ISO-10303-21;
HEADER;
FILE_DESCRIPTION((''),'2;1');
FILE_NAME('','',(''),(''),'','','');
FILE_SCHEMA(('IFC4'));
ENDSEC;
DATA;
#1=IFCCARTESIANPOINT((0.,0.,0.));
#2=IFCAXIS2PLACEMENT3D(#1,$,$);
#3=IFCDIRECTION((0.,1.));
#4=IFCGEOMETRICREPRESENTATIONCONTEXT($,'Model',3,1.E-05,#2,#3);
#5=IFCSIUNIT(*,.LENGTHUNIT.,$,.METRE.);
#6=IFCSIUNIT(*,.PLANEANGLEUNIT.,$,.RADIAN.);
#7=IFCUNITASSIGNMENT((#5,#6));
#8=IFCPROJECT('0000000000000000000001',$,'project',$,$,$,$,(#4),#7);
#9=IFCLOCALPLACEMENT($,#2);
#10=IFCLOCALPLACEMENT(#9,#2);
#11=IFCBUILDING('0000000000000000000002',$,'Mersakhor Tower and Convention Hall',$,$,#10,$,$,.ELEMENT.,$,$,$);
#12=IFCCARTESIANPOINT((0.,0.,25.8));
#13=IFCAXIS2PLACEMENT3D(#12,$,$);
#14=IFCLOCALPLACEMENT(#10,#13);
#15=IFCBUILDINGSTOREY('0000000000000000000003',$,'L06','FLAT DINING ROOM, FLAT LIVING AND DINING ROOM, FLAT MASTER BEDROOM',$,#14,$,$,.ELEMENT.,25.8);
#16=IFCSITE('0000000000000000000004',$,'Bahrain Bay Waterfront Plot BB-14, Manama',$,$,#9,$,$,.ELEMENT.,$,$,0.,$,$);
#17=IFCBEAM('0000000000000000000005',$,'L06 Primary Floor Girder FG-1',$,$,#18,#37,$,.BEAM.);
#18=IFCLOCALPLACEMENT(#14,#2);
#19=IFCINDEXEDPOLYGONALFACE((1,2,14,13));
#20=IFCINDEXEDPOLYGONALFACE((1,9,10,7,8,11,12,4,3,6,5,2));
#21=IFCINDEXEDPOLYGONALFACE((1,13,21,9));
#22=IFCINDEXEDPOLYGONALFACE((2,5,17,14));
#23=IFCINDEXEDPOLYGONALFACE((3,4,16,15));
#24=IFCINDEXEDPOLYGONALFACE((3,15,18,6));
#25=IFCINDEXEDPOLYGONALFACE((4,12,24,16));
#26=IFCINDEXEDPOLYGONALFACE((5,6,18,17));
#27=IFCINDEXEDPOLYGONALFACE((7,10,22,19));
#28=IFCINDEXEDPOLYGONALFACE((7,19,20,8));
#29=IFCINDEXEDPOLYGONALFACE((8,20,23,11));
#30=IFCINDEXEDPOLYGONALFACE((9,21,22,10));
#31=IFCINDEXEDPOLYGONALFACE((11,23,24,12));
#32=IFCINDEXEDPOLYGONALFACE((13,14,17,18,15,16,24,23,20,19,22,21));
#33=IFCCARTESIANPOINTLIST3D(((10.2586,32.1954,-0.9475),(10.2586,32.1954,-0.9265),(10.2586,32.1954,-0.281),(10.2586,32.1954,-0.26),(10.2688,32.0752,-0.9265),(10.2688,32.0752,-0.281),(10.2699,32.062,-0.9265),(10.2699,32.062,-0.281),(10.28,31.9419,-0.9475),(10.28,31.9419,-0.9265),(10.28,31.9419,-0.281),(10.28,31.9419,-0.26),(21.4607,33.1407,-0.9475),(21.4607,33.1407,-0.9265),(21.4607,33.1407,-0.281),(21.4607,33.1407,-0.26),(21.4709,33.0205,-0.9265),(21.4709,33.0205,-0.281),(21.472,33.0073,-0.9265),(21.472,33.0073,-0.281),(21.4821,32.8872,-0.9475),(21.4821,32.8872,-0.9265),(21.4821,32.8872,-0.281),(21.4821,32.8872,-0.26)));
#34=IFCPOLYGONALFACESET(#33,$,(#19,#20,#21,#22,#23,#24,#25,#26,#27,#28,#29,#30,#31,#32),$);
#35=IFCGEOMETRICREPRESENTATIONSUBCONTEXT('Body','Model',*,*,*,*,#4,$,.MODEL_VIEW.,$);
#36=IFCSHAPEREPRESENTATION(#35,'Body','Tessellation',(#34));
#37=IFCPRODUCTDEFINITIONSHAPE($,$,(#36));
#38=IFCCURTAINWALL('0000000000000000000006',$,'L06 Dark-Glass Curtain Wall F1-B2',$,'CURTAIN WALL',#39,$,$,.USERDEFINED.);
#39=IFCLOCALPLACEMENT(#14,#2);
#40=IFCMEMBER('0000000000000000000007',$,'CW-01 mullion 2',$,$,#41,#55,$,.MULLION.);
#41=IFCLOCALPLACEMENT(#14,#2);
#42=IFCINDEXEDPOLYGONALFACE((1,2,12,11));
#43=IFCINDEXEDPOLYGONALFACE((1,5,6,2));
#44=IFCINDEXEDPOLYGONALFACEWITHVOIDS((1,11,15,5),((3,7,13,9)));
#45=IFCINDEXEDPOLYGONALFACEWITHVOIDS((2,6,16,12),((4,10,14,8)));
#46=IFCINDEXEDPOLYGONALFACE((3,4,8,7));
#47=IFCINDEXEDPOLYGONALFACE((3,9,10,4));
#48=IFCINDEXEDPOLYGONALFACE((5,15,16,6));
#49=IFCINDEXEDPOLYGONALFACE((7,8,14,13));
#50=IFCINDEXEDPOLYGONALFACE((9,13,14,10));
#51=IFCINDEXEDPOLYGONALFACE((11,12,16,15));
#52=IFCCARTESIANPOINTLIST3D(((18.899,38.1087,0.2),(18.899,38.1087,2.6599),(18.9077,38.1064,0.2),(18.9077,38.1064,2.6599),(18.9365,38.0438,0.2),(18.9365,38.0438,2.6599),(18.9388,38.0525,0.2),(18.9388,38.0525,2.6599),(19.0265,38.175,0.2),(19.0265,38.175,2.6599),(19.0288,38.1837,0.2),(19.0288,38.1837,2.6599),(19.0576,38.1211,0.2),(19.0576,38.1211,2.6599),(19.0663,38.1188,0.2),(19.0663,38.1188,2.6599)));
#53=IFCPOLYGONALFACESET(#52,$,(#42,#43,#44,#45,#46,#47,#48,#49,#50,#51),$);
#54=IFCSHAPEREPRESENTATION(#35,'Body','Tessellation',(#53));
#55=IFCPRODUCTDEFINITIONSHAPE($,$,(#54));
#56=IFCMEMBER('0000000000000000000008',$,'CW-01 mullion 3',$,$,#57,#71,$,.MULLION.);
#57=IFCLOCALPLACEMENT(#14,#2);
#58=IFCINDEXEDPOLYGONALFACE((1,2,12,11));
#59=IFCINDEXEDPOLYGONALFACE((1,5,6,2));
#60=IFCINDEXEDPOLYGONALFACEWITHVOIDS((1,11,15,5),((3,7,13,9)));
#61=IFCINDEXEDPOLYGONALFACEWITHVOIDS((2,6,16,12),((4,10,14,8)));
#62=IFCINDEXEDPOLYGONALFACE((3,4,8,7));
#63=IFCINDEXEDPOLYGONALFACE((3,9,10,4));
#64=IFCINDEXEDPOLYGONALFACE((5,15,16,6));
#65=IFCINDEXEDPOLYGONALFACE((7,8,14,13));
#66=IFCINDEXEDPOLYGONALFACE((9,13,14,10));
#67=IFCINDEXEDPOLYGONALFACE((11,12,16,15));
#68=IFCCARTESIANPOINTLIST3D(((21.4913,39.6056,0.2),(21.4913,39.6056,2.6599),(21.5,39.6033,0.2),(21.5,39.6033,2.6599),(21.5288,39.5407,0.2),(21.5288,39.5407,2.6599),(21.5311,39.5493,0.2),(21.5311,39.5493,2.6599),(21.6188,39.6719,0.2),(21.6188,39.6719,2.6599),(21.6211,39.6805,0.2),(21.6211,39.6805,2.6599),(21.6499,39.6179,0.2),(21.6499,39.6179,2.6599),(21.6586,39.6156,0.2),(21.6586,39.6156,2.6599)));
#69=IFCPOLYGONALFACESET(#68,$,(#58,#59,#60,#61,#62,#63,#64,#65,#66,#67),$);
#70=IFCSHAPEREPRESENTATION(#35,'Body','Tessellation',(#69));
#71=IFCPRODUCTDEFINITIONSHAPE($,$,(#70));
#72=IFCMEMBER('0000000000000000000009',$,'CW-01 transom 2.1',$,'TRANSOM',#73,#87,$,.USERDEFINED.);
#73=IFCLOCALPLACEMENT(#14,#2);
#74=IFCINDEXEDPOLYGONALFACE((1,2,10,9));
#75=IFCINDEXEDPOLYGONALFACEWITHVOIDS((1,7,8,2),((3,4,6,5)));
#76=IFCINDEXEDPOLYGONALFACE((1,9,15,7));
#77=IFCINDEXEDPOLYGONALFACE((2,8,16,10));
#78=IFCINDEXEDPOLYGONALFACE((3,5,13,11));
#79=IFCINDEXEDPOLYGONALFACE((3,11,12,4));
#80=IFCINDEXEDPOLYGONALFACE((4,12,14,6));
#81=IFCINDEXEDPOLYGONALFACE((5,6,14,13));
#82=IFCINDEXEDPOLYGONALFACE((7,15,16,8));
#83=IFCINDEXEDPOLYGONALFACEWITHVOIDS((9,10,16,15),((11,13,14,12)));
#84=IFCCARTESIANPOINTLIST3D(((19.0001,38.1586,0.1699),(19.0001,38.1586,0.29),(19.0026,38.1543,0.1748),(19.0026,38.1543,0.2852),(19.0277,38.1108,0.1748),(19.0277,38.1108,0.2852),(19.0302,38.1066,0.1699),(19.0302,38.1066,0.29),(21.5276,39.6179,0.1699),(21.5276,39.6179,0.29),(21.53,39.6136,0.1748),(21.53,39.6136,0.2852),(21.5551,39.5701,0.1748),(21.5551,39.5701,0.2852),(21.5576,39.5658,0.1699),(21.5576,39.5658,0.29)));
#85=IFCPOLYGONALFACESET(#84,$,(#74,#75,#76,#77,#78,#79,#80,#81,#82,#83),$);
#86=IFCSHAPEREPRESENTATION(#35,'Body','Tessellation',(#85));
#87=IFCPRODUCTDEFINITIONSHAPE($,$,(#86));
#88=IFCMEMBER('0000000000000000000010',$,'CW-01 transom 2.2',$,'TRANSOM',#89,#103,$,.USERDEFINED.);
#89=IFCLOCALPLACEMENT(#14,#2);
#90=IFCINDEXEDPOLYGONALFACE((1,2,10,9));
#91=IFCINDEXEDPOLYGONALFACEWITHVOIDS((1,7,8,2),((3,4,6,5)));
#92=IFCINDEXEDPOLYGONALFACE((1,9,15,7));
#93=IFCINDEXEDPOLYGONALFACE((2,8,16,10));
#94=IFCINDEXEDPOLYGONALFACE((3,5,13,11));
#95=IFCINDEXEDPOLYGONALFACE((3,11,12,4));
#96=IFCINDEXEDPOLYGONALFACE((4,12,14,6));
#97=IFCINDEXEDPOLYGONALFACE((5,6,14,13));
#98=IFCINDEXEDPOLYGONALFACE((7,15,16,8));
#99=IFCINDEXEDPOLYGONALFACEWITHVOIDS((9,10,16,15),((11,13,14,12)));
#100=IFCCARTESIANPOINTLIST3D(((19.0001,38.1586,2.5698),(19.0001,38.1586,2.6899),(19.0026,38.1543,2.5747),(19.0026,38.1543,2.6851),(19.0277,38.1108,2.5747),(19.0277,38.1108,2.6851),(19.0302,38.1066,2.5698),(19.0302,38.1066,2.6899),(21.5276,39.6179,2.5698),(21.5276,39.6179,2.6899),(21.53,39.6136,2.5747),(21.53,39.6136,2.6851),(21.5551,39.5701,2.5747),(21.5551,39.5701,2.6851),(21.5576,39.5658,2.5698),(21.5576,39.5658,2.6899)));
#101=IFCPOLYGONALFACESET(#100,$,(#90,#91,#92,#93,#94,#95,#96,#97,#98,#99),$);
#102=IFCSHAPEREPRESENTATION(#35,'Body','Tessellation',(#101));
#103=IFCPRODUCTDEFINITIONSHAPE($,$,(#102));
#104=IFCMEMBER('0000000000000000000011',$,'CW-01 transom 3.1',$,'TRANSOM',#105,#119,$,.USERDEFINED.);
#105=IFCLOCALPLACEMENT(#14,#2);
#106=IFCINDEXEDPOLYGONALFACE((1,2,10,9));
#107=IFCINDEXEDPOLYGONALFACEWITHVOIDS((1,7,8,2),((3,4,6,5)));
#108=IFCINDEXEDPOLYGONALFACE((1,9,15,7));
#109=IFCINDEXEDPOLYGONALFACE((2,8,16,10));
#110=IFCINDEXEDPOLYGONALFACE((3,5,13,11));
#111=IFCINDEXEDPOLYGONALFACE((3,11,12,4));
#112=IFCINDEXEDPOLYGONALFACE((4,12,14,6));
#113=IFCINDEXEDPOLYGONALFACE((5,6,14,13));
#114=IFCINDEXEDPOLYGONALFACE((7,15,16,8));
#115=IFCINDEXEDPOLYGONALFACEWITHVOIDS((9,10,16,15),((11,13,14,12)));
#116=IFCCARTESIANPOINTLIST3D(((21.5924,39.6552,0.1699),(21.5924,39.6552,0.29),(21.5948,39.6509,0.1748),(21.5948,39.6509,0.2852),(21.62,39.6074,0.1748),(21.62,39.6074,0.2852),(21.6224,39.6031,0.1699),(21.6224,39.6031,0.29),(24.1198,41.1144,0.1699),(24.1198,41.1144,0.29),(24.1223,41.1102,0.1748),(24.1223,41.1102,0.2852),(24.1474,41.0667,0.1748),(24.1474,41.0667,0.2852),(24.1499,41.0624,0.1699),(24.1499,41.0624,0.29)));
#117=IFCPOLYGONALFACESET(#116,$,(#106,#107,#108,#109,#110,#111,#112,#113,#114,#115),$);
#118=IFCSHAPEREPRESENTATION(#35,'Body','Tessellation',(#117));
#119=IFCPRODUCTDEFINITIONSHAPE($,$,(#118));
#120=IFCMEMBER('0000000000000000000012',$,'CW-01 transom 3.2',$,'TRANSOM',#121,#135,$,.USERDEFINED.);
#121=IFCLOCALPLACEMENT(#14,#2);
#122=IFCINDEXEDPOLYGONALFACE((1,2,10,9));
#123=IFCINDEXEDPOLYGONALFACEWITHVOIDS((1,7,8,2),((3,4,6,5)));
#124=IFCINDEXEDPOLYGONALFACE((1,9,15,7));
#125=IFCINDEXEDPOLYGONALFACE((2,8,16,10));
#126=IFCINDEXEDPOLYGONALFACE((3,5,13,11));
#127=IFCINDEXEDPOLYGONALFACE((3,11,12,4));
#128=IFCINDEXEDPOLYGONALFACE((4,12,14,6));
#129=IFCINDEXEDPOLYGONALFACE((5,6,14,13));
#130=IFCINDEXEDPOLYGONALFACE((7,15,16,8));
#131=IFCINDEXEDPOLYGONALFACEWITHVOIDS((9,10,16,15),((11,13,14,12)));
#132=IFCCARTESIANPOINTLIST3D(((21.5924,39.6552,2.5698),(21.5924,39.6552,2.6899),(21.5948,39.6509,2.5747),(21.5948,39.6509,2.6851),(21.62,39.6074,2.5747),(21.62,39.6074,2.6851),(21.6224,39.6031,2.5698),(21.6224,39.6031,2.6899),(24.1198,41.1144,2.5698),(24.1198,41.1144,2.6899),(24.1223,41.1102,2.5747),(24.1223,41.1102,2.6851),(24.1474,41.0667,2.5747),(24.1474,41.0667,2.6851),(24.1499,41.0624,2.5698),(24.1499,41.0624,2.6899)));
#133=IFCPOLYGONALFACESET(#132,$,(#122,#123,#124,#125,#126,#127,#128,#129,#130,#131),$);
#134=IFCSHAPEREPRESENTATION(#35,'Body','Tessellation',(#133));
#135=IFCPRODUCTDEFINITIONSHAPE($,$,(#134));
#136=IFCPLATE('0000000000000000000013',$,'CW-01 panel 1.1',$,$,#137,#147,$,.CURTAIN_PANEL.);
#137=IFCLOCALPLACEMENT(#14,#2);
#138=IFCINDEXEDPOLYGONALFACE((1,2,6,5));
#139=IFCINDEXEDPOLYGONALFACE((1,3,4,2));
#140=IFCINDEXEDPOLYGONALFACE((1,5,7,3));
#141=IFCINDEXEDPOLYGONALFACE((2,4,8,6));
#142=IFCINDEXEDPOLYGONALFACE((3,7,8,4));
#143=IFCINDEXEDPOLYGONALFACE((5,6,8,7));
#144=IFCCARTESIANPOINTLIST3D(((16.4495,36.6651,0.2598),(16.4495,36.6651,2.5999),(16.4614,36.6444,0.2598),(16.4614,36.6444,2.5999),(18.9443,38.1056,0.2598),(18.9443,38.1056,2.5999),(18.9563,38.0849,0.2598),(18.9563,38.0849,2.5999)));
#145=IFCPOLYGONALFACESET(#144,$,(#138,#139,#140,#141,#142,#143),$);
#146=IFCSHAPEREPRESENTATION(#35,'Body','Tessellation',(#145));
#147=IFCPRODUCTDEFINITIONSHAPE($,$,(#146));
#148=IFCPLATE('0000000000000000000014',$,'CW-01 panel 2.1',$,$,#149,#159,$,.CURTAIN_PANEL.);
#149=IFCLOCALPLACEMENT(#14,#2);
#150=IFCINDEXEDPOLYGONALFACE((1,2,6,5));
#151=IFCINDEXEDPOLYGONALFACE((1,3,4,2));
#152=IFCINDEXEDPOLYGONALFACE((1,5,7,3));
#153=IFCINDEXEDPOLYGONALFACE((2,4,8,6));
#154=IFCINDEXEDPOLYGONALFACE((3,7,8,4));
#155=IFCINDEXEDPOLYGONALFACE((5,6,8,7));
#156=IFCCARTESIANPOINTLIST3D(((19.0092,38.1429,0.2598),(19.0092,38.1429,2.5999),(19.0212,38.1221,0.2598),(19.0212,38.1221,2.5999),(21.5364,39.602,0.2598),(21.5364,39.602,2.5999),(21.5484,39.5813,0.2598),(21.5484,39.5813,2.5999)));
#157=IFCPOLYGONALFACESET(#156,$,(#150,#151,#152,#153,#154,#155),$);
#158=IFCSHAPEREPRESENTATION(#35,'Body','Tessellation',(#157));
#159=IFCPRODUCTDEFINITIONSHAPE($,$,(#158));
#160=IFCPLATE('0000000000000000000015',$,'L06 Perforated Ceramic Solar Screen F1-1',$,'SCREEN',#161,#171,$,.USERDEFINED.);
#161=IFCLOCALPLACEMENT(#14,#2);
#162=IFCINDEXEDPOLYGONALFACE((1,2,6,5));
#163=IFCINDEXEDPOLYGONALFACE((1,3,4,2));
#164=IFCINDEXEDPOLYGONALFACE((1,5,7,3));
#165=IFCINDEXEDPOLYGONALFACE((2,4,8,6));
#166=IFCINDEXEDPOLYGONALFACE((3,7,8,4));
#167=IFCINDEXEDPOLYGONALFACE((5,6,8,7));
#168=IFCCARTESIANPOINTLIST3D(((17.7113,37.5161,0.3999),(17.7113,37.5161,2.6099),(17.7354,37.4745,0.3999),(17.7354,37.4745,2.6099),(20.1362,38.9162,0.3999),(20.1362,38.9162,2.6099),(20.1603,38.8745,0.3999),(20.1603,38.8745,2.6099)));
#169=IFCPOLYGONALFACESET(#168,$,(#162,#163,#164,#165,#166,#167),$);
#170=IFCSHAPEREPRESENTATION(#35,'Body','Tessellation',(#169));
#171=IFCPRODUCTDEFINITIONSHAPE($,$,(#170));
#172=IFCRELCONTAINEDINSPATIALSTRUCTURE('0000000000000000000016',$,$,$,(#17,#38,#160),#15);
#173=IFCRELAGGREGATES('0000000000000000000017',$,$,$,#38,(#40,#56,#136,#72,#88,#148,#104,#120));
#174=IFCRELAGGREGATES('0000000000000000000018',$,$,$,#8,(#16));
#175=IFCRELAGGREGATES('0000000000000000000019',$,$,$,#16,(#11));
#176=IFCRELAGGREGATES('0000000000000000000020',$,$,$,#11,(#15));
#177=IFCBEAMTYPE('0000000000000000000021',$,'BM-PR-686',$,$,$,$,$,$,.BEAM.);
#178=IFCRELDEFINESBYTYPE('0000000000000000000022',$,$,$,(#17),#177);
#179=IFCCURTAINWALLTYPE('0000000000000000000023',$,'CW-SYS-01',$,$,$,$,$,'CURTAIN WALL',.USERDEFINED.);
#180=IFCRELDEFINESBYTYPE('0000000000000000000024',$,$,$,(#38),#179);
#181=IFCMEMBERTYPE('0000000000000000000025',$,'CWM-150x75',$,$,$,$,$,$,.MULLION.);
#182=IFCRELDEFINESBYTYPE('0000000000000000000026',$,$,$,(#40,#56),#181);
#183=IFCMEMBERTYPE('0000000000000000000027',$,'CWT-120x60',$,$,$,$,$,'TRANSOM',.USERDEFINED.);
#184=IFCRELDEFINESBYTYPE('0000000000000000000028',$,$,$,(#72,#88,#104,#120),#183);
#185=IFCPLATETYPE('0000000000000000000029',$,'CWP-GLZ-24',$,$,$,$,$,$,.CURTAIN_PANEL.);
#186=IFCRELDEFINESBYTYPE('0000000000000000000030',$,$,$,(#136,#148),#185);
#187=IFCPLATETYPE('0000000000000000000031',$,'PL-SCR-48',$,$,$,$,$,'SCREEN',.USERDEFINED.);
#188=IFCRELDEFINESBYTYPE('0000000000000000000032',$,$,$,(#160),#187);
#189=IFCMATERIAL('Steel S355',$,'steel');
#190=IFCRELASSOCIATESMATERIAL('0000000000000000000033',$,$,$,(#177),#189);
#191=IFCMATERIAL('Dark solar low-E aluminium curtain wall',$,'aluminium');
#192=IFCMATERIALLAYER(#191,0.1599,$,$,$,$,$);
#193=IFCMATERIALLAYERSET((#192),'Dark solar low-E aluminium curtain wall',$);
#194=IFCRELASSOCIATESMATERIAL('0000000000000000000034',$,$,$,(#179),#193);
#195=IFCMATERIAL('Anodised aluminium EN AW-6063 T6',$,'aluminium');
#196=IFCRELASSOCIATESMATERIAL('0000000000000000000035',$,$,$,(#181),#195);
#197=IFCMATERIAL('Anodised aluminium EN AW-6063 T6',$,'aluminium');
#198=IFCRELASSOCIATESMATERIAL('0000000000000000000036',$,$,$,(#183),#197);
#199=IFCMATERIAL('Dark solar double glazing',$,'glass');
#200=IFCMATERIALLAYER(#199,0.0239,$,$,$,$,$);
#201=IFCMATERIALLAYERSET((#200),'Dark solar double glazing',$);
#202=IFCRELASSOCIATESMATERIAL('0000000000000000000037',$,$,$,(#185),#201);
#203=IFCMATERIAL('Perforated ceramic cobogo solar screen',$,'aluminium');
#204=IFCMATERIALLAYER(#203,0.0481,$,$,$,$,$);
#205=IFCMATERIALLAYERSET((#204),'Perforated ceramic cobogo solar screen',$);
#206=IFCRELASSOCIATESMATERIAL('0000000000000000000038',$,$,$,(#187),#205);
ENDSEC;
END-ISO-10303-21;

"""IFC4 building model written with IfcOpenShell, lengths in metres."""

from ifc_helpers import new_model, si_unit, direction, frame, origin, origin_2d, place, context, subcontext, project, spatial, rectangle, hollow_rectangle, i_section, extrude, material, layer, layer_set, material_profile, profile_set, type_object, element, aggregate, save


model = new_model("IFC4")

# Units and contexts
model_context = context("Model", 3, precision=1e-05, world=origin(), true_north=direction((0.0, 1.0)))
body_context = subcontext(model_context, "Body", "Model", "MODEL_VIEW")
ifc_project = project(units=[si_unit("LENGTHUNIT", "METRE"), si_unit("PLANEANGLEUNIT", "RADIAN")], contexts=[model_context])

# Site, building, storey
site_placement = place(None, origin())
site = spatial("IfcSite", under=ifc_project, at=site_placement, Name="Bahrain Bay Waterfront Plot BB-14, Manama", CompositionType="ELEMENT", RefElevation=0.0)
building_placement = place(site_placement, origin())
building = spatial("IfcBuilding", under=site, at=building_placement, Name="Mersakhor Tower and Convention Hall", CompositionType="ELEMENT")
storey_placement = place(building_placement, frame((0.0, 0.0, 25.8)))
storey = spatial("IfcBuildingStorey", under=building, at=storey_placement, Name="L06", Description="FLAT DINING ROOM, FLAT LIVING AND DINING ROOM, FLAT MASTER BEDROOM", CompositionType="ELEMENT", Elevation=25.8)

# Beam
ifc_material_1 = material(Name="Steel S355", Category="steel")
ifc_material_profile_1 = material_profile(ifc_material_1, i_section(OverallWidth=0.2544, OverallDepth=0.6875, WebThickness=0.0132, FlangeThickness=0.021, at=origin_2d()), Name="UB 686x254x152")
ifc_profile_set_1 = profile_set([ifc_material_profile_1], Name="Steel S355")
beam_type = type_object("IfcBeamType", Name="BM-PR-686", PredefinedType="BEAM", material=ifc_profile_set_1)
beam_placement = place(storey_placement, frame((21.4714, 33.0139, -0.6038), z_axis=(-0.996458, -0.084088, 0.0), x_axis=(0.084088, -0.996458, 0.0)))
element("IfcBeam", 1, at=beam_placement, inside=storey, type_object=beam_type, Name="L06 Primary Floor Girder FG-1", PredefinedType="BEAM", context=body_context, shape_type="SweptSolid", body=[
    extrude(i_section(OverallWidth=0.2544, OverallDepth=0.6875, WebThickness=0.0132, FlangeThickness=0.021, at=origin_2d()), origin(), (0.0, 0.0, 1.0), 11.2419),
])

# Curtain wall, members, plates
ifc_material_2 = material(Name="Dark solar low-E aluminium curtain wall", Category="aluminium")
ifc_layer_1 = layer(ifc_material_2, 0.1599)
ifc_layer_set_1 = layer_set([ifc_layer_1], Name="Dark solar low-E aluminium curtain wall")
curtain_wall_type = type_object("IfcCurtainWallType", Name="CW-SYS-01", ElementType="CURTAIN WALL", PredefinedType="USERDEFINED", material=ifc_layer_set_1)
curtain_wall_placement = place(storey_placement, origin())
curtain_wall = element("IfcCurtainWall", 2, at=curtain_wall_placement, inside=storey, type_object=curtain_wall_type, Name="L06 Dark-Glass Curtain Wall F1-B2", ObjectType="CURTAIN WALL", PredefinedType="USERDEFINED")
ifc_material_3 = material(Name="Anodised aluminium EN AW-6063 T6", Category="aluminium")
ifc_material_profile_2 = material_profile(ifc_material_3, hollow_rectangle(XDim=0.075, YDim=0.1499, WallThickness=0.0063, at=origin_2d()), Name="RHS 150x75x6.3")
ifc_profile_set_2 = profile_set([ifc_material_profile_2], Name="Anodised aluminium EN AW-6063 T6")
member_type_1 = type_object("IfcMemberType", Name="CWM-150x75", PredefinedType="MULLION", material=ifc_profile_set_2)
member_1_placement = place(storey_placement, frame((18.9827, 38.1138, 0.2), z_axis=(0.0, 0.0, 1.0), x_axis=(-0.500003, 0.866023, 0.0)))
member_1 = element("IfcMember", 3, at=member_1_placement, type_object=member_type_1, Name="CW-01 mullion 2", PredefinedType="MULLION", context=body_context, shape_type="SweptSolid", body=[
    extrude(hollow_rectangle(XDim=0.075, YDim=0.1499, WallThickness=0.0063, at=origin_2d()), origin(), (0.0, 0.0, 1.0), 2.46),
])
member_2_placement = place(storey_placement, frame((21.575, 39.6106, 0.2), z_axis=(0.0, 0.0, 1.0), x_axis=(-0.500003, 0.866023, 0.0)))
member_2 = element("IfcMember", 4, at=member_2_placement, type_object=member_type_1, Name="CW-01 mullion 3", PredefinedType="MULLION", context=body_context, shape_type="SweptSolid", body=[
    extrude(hollow_rectangle(XDim=0.075, YDim=0.1499, WallThickness=0.0063, at=origin_2d()), origin(), (0.0, 0.0, 1.0), 2.46),
])
ifc_material_4 = material(Name="Anodised aluminium EN AW-6063 T6", Category="aluminium")
ifc_material_profile_3 = material_profile(ifc_material_4, hollow_rectangle(XDim=0.0601, YDim=0.1201, WallThickness=0.0049, at=origin_2d()), Name="RHS 120x60x5")
ifc_profile_set_3 = profile_set([ifc_material_profile_3], Name="Anodised aluminium EN AW-6063 T6")
member_type_2 = type_object("IfcMemberType", Name="CWT-120x60", ElementType="TRANSOM", PredefinedType="USERDEFINED", material=ifc_profile_set_3)
member_3_placement = place(storey_placement, frame((19.0151, 38.1326, 0.23), z_axis=(0.866016, 0.500017, 0.0), x_axis=(-0.500017, 0.866016, 0.0)))
member_3 = element("IfcMember", 5, at=member_3_placement, type_object=member_type_2, Name="CW-01 transom 2.1", ObjectType="TRANSOM", PredefinedType="USERDEFINED", context=body_context, shape_type="SweptSolid", body=[
    extrude(hollow_rectangle(XDim=0.0601, YDim=0.1201, WallThickness=0.0049, at=origin_2d()), origin(), (0.0, 0.0, 1.0), 2.9185),
])
member_4_placement = place(storey_placement, frame((19.0151, 38.1326, 2.6299), z_axis=(0.866016, 0.500017, 0.0), x_axis=(-0.500017, 0.866016, 0.0)))
member_4 = element("IfcMember", 6, at=member_4_placement, type_object=member_type_2, Name="CW-01 transom 2.2", ObjectType="TRANSOM", PredefinedType="USERDEFINED", context=body_context, shape_type="SweptSolid", body=[
    extrude(hollow_rectangle(XDim=0.0601, YDim=0.1201, WallThickness=0.0049, at=origin_2d()), origin(), (0.0, 0.0, 1.0), 2.9185),
])
member_5_placement = place(storey_placement, frame((21.6074, 39.6292, 0.23), z_axis=(0.866016, 0.500017, 0.0), x_axis=(-0.500017, 0.866016, 0.0)))
member_5 = element("IfcMember", 7, at=member_5_placement, type_object=member_type_2, Name="CW-01 transom 3.1", ObjectType="TRANSOM", PredefinedType="USERDEFINED", context=body_context, shape_type="SweptSolid", body=[
    extrude(hollow_rectangle(XDim=0.0601, YDim=0.1201, WallThickness=0.0049, at=origin_2d()), origin(), (0.0, 0.0, 1.0), 2.9185),
])
member_6_placement = place(storey_placement, frame((21.6074, 39.6292, 2.6299), z_axis=(0.866016, 0.500017, 0.0), x_axis=(-0.500017, 0.866016, 0.0)))
member_6 = element("IfcMember", 8, at=member_6_placement, type_object=member_type_2, Name="CW-01 transom 3.2", ObjectType="TRANSOM", PredefinedType="USERDEFINED", context=body_context, shape_type="SweptSolid", body=[
    extrude(hollow_rectangle(XDim=0.0601, YDim=0.1201, WallThickness=0.0049, at=origin_2d()), origin(), (0.0, 0.0, 1.0), 2.9185),
])
ifc_material_5 = material(Name="Dark solar double glazing", Category="glass")
ifc_layer_2 = layer(ifc_material_5, 0.0239)
ifc_layer_set_2 = layer_set([ifc_layer_2], Name="Dark solar double glazing")
plate_type_1 = type_object("IfcPlateType", Name="CWP-GLZ-24", PredefinedType="CURTAIN_PANEL", material=ifc_layer_set_2)
plate_1_placement = place(storey_placement, frame((17.7029, 37.375, 0.2598), z_axis=(0.0, 0.0, 1.0), x_axis=(0.866023, 0.500003, 0.0)))
plate_1 = element("IfcPlate", 9, at=plate_1_placement, type_object=plate_type_1, Name="CW-01 panel 1.1", PredefinedType="CURTAIN_PANEL", context=body_context, shape_type="SweptSolid", body=[
    extrude(rectangle(XDim=2.8809, YDim=0.0239, at=origin_2d()), origin(), (0.0, 0.0, 1.0), 2.3401),
])
plate_2_placement = place(storey_placement, frame((20.2788, 38.8621, 0.2598), z_axis=(0.0, 0.0, 1.0), x_axis=(0.866023, 0.500003, 0.0)))
plate_2 = element("IfcPlate", 10, at=plate_2_placement, type_object=plate_type_1, Name="CW-01 panel 2.1", PredefinedType="CURTAIN_PANEL", context=body_context, shape_type="SweptSolid", body=[
    extrude(rectangle(XDim=2.9182, YDim=0.0239, at=origin_2d()), origin(), (0.0, 0.0, 1.0), 2.3401),
])
aggregate(curtain_wall, [member_1, member_2, plate_1, member_3, member_4, plate_2, member_5, member_6])

# Plate
ifc_material_6 = material(Name="Perforated ceramic cobogo solar screen", Category="aluminium")
ifc_layer_3 = layer(ifc_material_6, 0.0481)
ifc_layer_set_3 = layer_set([ifc_layer_3], Name="Perforated ceramic cobogo solar screen")
plate_type_2 = type_object("IfcPlateType", Name="PL-SCR-48", ElementType="SCREEN", PredefinedType="USERDEFINED", material=ifc_layer_set_3)
plate_3_placement = place(storey_placement, frame((18.9358, 38.1953, 0.3999), z_axis=(0.0, 0.0, 1.0), x_axis=(0.866025, 0.5, 0.0)))
element("IfcPlate", 11, at=plate_3_placement, inside=storey, type_object=plate_type_2, Name="L06 Perforated Ceramic Solar Screen F1-1", ObjectType="SCREEN", PredefinedType="USERDEFINED", context=body_context, shape_type="SweptSolid", body=[
    extrude(rectangle(XDim=2.8, YDim=0.0481, at=origin_2d()), origin(), (0.0, 0.0, 1.0), 2.21),
])

save(model, "model.ifc")
